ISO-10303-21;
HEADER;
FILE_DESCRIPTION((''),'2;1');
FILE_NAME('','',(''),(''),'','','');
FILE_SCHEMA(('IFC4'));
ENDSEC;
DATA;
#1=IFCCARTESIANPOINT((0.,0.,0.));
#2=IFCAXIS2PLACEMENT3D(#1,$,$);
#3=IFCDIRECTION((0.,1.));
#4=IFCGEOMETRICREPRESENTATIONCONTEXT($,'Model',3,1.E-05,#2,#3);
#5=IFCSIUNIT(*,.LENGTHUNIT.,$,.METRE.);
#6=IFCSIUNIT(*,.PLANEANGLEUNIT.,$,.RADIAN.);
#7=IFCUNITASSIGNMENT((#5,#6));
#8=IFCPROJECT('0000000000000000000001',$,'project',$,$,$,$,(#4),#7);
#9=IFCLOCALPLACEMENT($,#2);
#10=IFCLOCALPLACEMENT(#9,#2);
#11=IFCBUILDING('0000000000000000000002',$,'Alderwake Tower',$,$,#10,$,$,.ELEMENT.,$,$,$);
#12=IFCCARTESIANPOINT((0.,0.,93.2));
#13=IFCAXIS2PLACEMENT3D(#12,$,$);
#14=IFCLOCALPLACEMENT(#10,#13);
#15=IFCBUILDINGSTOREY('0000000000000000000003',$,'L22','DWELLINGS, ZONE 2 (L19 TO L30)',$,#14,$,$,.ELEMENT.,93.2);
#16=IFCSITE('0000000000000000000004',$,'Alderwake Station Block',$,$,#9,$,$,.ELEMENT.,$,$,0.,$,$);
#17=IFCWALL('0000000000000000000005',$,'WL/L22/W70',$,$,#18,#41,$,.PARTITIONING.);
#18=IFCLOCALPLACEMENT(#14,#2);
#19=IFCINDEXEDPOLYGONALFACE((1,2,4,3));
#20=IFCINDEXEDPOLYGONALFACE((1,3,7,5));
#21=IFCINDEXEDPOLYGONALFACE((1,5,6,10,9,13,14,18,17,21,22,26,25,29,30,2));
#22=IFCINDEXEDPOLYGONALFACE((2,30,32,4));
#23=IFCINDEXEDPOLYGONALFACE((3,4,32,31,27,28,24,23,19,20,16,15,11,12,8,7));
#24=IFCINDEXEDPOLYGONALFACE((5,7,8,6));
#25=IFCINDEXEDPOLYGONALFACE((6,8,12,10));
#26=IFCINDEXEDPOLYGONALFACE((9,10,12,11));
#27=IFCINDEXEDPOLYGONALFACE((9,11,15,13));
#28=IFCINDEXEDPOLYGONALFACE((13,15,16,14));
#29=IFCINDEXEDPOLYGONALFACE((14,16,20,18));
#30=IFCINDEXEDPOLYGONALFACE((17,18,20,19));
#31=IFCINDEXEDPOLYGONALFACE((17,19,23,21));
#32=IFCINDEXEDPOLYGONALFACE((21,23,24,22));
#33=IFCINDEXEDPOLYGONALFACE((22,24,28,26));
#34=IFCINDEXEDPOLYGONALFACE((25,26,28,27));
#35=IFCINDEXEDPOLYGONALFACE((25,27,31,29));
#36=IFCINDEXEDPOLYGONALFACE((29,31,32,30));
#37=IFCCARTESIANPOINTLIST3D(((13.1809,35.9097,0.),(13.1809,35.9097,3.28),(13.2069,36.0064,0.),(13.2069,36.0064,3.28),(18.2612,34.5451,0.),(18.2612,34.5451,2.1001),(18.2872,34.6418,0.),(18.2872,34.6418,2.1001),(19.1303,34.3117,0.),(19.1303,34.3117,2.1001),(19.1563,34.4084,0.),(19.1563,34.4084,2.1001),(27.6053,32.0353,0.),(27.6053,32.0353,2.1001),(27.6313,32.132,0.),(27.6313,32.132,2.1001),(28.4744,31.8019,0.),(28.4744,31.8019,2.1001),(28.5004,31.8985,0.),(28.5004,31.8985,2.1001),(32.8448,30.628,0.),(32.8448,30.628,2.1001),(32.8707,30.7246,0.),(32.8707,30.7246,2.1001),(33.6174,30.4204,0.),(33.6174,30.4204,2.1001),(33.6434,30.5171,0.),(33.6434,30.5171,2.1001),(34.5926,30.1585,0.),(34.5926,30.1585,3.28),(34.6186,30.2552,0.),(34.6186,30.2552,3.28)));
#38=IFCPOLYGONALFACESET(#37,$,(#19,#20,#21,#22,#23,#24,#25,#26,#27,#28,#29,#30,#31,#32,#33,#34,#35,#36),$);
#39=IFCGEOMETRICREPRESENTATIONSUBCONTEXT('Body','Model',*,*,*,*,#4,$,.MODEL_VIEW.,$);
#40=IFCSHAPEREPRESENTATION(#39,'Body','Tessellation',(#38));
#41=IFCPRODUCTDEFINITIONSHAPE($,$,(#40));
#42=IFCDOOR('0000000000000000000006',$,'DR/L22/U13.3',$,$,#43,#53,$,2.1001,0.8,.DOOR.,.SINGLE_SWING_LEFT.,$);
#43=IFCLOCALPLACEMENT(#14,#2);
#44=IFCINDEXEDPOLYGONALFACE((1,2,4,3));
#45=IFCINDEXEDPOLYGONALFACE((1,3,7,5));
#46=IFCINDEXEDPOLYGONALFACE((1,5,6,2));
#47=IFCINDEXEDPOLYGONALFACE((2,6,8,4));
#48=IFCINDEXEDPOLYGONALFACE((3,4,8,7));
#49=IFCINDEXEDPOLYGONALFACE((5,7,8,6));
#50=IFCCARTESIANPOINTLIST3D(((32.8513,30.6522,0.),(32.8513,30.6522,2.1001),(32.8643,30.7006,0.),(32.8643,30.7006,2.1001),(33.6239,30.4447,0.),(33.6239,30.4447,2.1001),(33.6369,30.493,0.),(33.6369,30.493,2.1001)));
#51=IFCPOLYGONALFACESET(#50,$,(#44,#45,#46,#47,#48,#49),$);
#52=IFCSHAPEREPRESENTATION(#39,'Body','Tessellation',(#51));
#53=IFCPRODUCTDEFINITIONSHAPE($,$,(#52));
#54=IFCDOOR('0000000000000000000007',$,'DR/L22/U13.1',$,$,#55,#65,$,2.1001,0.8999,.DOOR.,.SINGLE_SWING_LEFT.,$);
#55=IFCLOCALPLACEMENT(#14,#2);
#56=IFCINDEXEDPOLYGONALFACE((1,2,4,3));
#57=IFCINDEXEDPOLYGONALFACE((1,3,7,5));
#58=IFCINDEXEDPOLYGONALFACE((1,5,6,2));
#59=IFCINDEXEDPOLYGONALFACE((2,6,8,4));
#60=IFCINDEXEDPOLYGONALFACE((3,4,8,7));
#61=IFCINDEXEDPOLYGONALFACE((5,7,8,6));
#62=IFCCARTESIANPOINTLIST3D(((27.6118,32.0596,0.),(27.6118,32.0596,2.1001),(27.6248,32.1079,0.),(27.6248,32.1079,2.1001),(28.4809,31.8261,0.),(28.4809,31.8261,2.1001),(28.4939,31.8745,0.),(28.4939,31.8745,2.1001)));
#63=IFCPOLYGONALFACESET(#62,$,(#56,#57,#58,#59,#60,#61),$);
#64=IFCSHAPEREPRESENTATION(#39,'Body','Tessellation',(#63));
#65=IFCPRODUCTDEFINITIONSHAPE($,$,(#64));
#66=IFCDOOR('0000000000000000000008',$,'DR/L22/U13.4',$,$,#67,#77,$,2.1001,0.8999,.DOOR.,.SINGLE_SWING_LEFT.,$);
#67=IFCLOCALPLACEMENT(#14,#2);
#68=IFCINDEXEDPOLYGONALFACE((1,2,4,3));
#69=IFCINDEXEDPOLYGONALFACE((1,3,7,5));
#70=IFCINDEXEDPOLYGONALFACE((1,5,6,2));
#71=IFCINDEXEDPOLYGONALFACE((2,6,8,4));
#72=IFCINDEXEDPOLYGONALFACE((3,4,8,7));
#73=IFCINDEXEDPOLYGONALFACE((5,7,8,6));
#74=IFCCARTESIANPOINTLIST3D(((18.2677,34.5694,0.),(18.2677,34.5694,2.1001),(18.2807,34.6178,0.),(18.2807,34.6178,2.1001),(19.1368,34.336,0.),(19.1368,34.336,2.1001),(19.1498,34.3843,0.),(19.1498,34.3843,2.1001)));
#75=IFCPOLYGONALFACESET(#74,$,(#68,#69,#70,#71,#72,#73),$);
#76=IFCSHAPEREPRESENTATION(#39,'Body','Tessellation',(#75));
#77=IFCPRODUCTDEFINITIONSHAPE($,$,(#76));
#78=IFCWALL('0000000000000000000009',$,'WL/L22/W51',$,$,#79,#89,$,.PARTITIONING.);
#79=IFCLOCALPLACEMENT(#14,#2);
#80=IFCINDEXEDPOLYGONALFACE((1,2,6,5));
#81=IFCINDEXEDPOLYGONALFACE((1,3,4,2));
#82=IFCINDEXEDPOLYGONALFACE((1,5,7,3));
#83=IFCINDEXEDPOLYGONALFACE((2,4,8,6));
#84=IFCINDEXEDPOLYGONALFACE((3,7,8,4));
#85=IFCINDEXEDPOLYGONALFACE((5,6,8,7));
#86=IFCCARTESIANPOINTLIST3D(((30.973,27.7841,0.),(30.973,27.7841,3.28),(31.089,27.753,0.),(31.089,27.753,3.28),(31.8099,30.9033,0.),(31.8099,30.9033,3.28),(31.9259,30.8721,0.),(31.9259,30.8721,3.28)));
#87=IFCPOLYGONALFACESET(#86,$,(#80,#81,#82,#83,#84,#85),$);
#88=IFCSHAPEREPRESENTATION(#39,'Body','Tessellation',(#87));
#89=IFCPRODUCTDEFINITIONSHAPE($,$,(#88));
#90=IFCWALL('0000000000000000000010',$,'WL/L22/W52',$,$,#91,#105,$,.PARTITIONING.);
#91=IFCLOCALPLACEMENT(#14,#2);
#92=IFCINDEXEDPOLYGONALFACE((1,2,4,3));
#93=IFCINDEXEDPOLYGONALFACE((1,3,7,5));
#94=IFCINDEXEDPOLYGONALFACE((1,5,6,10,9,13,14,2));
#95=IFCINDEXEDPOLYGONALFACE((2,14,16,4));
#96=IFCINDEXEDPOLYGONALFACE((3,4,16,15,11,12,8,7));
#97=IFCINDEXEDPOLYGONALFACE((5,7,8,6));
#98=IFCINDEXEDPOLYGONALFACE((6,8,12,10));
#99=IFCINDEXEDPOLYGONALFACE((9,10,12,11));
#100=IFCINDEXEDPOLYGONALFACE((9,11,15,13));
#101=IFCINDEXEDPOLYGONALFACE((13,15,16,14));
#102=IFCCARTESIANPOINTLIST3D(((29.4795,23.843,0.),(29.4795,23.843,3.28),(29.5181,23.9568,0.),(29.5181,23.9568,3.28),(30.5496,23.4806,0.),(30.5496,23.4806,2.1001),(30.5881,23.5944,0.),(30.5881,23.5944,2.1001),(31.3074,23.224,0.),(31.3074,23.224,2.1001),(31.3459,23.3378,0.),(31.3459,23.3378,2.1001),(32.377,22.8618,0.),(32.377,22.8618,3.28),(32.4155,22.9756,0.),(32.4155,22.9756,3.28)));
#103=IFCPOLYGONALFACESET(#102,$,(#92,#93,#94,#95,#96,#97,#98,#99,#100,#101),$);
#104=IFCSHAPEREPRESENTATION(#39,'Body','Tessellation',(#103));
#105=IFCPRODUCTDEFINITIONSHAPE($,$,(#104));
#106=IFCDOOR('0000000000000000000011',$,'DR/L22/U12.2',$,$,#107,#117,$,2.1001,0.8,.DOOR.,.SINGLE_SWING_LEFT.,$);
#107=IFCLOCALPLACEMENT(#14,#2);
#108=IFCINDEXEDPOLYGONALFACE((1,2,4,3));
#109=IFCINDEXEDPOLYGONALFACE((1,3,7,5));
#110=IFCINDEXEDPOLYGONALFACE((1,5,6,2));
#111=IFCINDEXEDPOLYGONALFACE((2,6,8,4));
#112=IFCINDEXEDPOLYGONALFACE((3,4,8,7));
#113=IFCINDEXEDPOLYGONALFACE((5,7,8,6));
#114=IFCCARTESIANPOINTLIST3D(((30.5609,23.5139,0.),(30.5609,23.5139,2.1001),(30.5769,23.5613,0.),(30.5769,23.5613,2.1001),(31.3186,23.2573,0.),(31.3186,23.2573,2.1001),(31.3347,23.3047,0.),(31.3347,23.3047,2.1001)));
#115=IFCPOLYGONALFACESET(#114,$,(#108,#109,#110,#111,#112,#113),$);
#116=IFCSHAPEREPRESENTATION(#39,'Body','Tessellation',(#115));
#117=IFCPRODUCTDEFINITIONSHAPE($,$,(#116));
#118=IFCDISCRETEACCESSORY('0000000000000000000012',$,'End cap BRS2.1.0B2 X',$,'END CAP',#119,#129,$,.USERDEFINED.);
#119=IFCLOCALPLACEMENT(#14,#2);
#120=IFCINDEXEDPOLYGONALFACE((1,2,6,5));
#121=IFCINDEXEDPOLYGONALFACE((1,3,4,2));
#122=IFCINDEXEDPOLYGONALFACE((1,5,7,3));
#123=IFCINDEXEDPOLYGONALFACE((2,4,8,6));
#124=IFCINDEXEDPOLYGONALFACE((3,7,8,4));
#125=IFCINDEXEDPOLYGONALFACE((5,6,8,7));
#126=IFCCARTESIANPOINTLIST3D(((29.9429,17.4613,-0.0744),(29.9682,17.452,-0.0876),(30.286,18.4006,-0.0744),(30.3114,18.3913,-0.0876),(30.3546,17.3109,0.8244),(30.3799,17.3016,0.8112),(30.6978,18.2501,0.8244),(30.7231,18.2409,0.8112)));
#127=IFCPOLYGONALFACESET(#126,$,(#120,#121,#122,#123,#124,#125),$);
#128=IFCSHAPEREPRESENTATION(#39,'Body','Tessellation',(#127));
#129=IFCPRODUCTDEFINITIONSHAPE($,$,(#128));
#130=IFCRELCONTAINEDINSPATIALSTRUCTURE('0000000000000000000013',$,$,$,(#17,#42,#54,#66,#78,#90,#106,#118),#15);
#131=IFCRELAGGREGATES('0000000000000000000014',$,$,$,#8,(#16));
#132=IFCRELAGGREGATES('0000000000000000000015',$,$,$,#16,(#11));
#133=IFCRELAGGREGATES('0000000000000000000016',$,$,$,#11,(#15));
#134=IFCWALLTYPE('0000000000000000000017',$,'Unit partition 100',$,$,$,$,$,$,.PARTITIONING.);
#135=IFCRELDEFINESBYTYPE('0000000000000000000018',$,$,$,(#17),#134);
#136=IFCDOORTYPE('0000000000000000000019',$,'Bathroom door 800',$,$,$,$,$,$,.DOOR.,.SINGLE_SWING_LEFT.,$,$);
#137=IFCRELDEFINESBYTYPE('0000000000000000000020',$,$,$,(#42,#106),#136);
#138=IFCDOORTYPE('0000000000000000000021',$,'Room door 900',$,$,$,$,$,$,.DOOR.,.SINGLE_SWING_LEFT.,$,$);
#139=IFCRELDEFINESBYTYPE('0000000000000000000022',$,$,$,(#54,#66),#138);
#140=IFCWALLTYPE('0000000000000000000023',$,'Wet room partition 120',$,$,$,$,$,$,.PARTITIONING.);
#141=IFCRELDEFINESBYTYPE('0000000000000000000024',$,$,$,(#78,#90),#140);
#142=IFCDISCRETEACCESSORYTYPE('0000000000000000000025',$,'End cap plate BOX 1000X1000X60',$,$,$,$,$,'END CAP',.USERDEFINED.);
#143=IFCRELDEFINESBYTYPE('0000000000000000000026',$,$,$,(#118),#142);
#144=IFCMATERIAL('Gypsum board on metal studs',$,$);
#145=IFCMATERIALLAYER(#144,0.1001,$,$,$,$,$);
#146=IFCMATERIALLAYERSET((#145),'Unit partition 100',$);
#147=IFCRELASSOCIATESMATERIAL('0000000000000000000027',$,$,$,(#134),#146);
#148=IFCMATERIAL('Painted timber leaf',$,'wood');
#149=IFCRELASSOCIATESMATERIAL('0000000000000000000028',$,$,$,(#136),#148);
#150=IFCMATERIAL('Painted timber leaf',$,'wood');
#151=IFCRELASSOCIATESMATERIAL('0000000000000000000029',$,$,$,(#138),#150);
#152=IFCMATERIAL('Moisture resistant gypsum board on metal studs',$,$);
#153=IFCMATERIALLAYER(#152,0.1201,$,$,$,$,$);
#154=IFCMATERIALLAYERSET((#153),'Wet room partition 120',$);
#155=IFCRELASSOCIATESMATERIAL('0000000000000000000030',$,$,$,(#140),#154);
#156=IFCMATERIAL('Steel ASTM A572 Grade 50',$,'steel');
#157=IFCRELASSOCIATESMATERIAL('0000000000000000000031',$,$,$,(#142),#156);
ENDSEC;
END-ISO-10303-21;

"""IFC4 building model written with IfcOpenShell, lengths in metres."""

from ifc_helpers import new_model, si_unit, direction, frame, frame_2d, origin, origin_2d, place, context, subcontext, project, spatial, rectangle, extrude, material, layer, layer_set, material_profile, profile_set, type_object, element, fill, save


model = new_model("IFC4")

# Units and contexts
model_context = context("Model", 3, precision=1e-05, world=origin(), true_north=direction((0.0, 1.0)))
body_context = subcontext(model_context, "Body", "Model", "MODEL_VIEW")
ifc_project = project(units=[si_unit("LENGTHUNIT", "METRE"), si_unit("PLANEANGLEUNIT", "RADIAN")], contexts=[model_context])

# Site, building, storey
site_placement = place(None, origin())
site = spatial("IfcSite", under=ifc_project, at=site_placement, Name="Alderwake Station Block", CompositionType="ELEMENT", RefElevation=0.0)
building_placement = place(site_placement, origin())
building = spatial("IfcBuilding", under=site, at=building_placement, Name="Alderwake Tower", CompositionType="ELEMENT")
storey_placement = place(building_placement, frame((0.0, 0.0, 93.2)))
storey = spatial("IfcBuildingStorey", under=building, at=storey_placement, Name="L22", Description="DWELLINGS, ZONE 2 (L19 TO L30)", CompositionType="ELEMENT", Elevation=93.2)

# Wall, openings, doors
ifc_material_1 = material(Name="Gypsum board on metal studs")
ifc_layer_1 = layer(ifc_material_1, 0.1001)
ifc_layer_set_1 = layer_set([ifc_layer_1], Name="Unit partition 100")
wall_type_1 = type_object("IfcWallType", Name="Unit partition 100", PredefinedType="PARTITIONING", material=ifc_layer_set_1)
wall_1_placement = place(storey_placement, frame((34.6057, 30.2068, 0.0), z_axis=(0.0, 0.0, 1.0), x_axis=(-0.965768, 0.259408, 0.0)))
wall_1 = element("IfcWall", 1, at=wall_1_placement, inside=storey, type_object=wall_type_1, Name="WL/L22/W70", PredefinedType="PARTITIONING", context=body_context, shape_type="SweptSolid", body=[
    extrude(rectangle(XDim=22.1707, YDim=0.1001, at=frame_2d((11.0854, 0.0))), origin(), (0.0, 0.0, 1.0), 3.28),
])
opening_1_placement = place(wall_1_placement, frame((6.3352, 0.0, 0.0)))
opening_1 = element("IfcOpeningElement", 2, at=opening_1_placement, cuts=wall_1, PredefinedType="OPENING", context=body_context, shape_type="SweptSolid", body=[
    extrude(rectangle(XDim=0.8999, YDim=2.1001, at=frame_2d((0.45, 1.05))), frame((0.0, 0.0601, 0.0), z_axis=(0.0, -1.0, 0.0), x_axis=(1.0, 0.0, 0.0)), (0.0, 0.0, 1.0), 0.1201),
])
opening_2_placement = place(wall_1_placement, frame((1.01, 0.0, 0.0)))
opening_2 = element("IfcOpeningElement", 3, at=opening_2_placement, cuts=wall_1, PredefinedType="OPENING", context=body_context, shape_type="SweptSolid", body=[
    extrude(rectangle(XDim=0.8, YDim=2.1001, at=frame_2d((0.3999, 1.05))), frame((0.0, 0.0601, 0.0), z_axis=(0.0, -1.0, 0.0), x_axis=(1.0, 0.0, 0.0)), (0.0, 0.0, 1.0), 0.1201),
])
opening_3_placement = place(wall_1_placement, frame((16.0105, 0.0, 0.0)))
opening_3 = element("IfcOpeningElement", 4, at=opening_3_placement, cuts=wall_1, PredefinedType="OPENING", context=body_context, shape_type="SweptSolid", body=[
    extrude(rectangle(XDim=0.8999, YDim=2.1001, at=frame_2d((0.45, 1.05))), frame((0.0, 0.0601, 0.0), z_axis=(0.0, -1.0, 0.0), x_axis=(1.0, 0.0, 0.0)), (0.0, 0.0, 1.0), 0.1201),
])
ifc_material_2 = material(Name="Painted timber leaf", Category="wood")
door_type_1 = type_object("IfcDoorType", Name="Bathroom door 800", OperationType="SINGLE_SWING_LEFT", PredefinedType="DOOR", material=ifc_material_2)
door_1_placement = place(opening_2_placement, origin())
door_1 = element("IfcDoor", 5, at=door_1_placement, inside=storey, type_object=door_type_1, Name="DR/L22/U13.3", OperationType="SINGLE_SWING_LEFT", OverallHeight=2.1001, OverallWidth=0.8, PredefinedType="DOOR", context=body_context, shape_type="SweptSolid", body=[
    extrude(rectangle(XDim=0.8, YDim=2.1001, at=frame_2d((0.3999, 1.05))), frame((0.0, 0.0249, 0.0), z_axis=(0.0, -1.0, 0.0), x_axis=(1.0, 0.0, 0.0)), (0.0, 0.0, 1.0), 0.05),
])
fill(opening_2, door_1)
ifc_material_3 = material(Name="Painted timber leaf", Category="wood")
door_type_2 = type_object("IfcDoorType", Name="Room door 900", OperationType="SINGLE_SWING_LEFT", PredefinedType="DOOR", material=ifc_material_3)
door_2_placement = place(opening_1_placement, origin())
door_2 = element("IfcDoor", 6, at=door_2_placement, inside=storey, type_object=door_type_2, Name="DR/L22/U13.1", OperationType="SINGLE_SWING_LEFT", OverallHeight=2.1001, OverallWidth=0.8999, PredefinedType="DOOR", context=body_context, shape_type="SweptSolid", body=[
    extrude(rectangle(XDim=0.8999, YDim=2.1001, at=frame_2d((0.45, 1.05))), frame((0.0, 0.0249, 0.0), z_axis=(0.0, -1.0, 0.0), x_axis=(1.0, 0.0, 0.0)), (0.0, 0.0, 1.0), 0.05),
])
fill(opening_1, door_2)
door_3_placement = place(opening_3_placement, origin())
door_3 = element("IfcDoor", 7, at=door_3_placement, inside=storey, type_object=door_type_2, Name="DR/L22/U13.4", OperationType="SINGLE_SWING_LEFT", OverallHeight=2.1001, OverallWidth=0.8999, PredefinedType="DOOR", context=body_context, shape_type="SweptSolid", body=[
    extrude(rectangle(XDim=0.8999, YDim=2.1001, at=frame_2d((0.45, 1.05))), frame((0.0, 0.0249, 0.0), z_axis=(0.0, -1.0, 0.0), x_axis=(1.0, 0.0, 0.0)), (0.0, 0.0, 1.0), 0.05),
])
fill(opening_3, door_3)

# Wall
ifc_material_4 = material(Name="Moisture resistant gypsum board on metal studs")
ifc_layer_2 = layer(ifc_material_4, 0.1201)
ifc_layer_set_2 = layer_set([ifc_layer_2], Name="Wet room partition 120")
wall_type_2 = type_object("IfcWallType", Name="Wet room partition 120", PredefinedType="PARTITIONING", material=ifc_layer_set_2)
wall_2_placement = place(storey_placement, frame((31.8679, 30.8877, 0.0), z_axis=(0.0, 0.0, 1.0), x_axis=(-0.259149, -0.965837, 0.0)))
element("IfcWall", 8, at=wall_2_placement, inside=storey, type_object=wall_type_2, Name="WL/L22/W51", PredefinedType="PARTITIONING", context=body_context, shape_type="SweptSolid", body=[
    extrude(rectangle(XDim=3.2295, YDim=0.1201, at=frame_2d((1.6147, 0.0))), origin(), (0.0, 0.0, 1.0), 3.28),
])

# Wall, opening, door
wall_3_placement = place(storey_placement, frame((32.3962, 22.9187, 0.0), z_axis=(0.0, 0.0, 1.0), x_axis=(-0.947164, 0.320749, 0.0)))
wall_3 = element("IfcWall", 9, at=wall_3_placement, inside=storey, type_object=wall_type_2, Name="WL/L22/W52", PredefinedType="PARTITIONING", context=body_context, shape_type="SweptSolid", body=[
    extrude(rectangle(XDim=3.0591, YDim=0.1201, at=frame_2d((1.5295, 0.0))), origin(), (0.0, 0.0, 1.0), 3.28),
])
opening_4_placement = place(wall_3_placement, frame((1.1294, 0.0, 0.0)))
opening_4 = element("IfcOpeningElement", 10, at=opening_4_placement, cuts=wall_3, PredefinedType="OPENING", context=body_context, shape_type="SweptSolid", body=[
    extrude(rectangle(XDim=0.8, YDim=2.1001, at=frame_2d((0.3999, 1.05))), frame((0.0, 0.0701, 0.0), z_axis=(0.0, -1.0, 0.0), x_axis=(1.0, 0.0, 0.0)), (0.0, 0.0, 1.0), 0.1401),
])
door_4_placement = place(opening_4_placement, origin())
door_4 = element("IfcDoor", 11, at=door_4_placement, inside=storey, type_object=door_type_1, Name="DR/L22/U12.2", OperationType="SINGLE_SWING_LEFT", OverallHeight=2.1001, OverallWidth=0.8, PredefinedType="DOOR", context=body_context, shape_type="SweptSolid", body=[
    extrude(rectangle(XDim=0.8, YDim=2.1001, at=frame_2d((0.3999, 1.05))), frame((0.0, 0.0249, 0.0), z_axis=(0.0, -1.0, 0.0), x_axis=(1.0, 0.0, 0.0)), (0.0, 0.0, 1.0), 0.05),
])
fill(opening_4, door_4)

# Discrete accessory
ifc_material_5 = material(Name="Steel ASTM A572 Grade 50", Category="steel")
ifc_material_profile_1 = material_profile(ifc_material_5, rectangle(XDim=1.0, YDim=1.0, at=origin_2d()), Name="BOX 1000X1000X60 cap")
ifc_profile_set_1 = profile_set([ifc_material_profile_1], Name="Steel ASTM A572 Grade 50")
discrete_accessory_type = type_object("IfcDiscreteAccessoryType", Name="End cap plate BOX 1000X1000X60", ElementType="END CAP", PredefinedType="USERDEFINED", material=ifc_profile_set_1)
discrete_accessory_placement = place(storey_placement, frame((30.3203, 17.8557, 0.375), z_axis=(0.844218, -0.308464, -0.438344), x_axis=(0.343193, 0.939265, 0.0)))
element("IfcDiscreteAccessory", 12, at=discrete_accessory_placement, inside=storey, type_object=discrete_accessory_type, Name="End cap BRS2.1.0B2 X", ObjectType="END CAP", PredefinedType="USERDEFINED", context=body_context, shape_type="SweptSolid", body=[
    extrude(rectangle(XDim=1.0, YDim=1.0, at=origin_2d()), origin(), (0.0, 0.0, 1.0), 0.03),
])

save(model, "model.ifc")
